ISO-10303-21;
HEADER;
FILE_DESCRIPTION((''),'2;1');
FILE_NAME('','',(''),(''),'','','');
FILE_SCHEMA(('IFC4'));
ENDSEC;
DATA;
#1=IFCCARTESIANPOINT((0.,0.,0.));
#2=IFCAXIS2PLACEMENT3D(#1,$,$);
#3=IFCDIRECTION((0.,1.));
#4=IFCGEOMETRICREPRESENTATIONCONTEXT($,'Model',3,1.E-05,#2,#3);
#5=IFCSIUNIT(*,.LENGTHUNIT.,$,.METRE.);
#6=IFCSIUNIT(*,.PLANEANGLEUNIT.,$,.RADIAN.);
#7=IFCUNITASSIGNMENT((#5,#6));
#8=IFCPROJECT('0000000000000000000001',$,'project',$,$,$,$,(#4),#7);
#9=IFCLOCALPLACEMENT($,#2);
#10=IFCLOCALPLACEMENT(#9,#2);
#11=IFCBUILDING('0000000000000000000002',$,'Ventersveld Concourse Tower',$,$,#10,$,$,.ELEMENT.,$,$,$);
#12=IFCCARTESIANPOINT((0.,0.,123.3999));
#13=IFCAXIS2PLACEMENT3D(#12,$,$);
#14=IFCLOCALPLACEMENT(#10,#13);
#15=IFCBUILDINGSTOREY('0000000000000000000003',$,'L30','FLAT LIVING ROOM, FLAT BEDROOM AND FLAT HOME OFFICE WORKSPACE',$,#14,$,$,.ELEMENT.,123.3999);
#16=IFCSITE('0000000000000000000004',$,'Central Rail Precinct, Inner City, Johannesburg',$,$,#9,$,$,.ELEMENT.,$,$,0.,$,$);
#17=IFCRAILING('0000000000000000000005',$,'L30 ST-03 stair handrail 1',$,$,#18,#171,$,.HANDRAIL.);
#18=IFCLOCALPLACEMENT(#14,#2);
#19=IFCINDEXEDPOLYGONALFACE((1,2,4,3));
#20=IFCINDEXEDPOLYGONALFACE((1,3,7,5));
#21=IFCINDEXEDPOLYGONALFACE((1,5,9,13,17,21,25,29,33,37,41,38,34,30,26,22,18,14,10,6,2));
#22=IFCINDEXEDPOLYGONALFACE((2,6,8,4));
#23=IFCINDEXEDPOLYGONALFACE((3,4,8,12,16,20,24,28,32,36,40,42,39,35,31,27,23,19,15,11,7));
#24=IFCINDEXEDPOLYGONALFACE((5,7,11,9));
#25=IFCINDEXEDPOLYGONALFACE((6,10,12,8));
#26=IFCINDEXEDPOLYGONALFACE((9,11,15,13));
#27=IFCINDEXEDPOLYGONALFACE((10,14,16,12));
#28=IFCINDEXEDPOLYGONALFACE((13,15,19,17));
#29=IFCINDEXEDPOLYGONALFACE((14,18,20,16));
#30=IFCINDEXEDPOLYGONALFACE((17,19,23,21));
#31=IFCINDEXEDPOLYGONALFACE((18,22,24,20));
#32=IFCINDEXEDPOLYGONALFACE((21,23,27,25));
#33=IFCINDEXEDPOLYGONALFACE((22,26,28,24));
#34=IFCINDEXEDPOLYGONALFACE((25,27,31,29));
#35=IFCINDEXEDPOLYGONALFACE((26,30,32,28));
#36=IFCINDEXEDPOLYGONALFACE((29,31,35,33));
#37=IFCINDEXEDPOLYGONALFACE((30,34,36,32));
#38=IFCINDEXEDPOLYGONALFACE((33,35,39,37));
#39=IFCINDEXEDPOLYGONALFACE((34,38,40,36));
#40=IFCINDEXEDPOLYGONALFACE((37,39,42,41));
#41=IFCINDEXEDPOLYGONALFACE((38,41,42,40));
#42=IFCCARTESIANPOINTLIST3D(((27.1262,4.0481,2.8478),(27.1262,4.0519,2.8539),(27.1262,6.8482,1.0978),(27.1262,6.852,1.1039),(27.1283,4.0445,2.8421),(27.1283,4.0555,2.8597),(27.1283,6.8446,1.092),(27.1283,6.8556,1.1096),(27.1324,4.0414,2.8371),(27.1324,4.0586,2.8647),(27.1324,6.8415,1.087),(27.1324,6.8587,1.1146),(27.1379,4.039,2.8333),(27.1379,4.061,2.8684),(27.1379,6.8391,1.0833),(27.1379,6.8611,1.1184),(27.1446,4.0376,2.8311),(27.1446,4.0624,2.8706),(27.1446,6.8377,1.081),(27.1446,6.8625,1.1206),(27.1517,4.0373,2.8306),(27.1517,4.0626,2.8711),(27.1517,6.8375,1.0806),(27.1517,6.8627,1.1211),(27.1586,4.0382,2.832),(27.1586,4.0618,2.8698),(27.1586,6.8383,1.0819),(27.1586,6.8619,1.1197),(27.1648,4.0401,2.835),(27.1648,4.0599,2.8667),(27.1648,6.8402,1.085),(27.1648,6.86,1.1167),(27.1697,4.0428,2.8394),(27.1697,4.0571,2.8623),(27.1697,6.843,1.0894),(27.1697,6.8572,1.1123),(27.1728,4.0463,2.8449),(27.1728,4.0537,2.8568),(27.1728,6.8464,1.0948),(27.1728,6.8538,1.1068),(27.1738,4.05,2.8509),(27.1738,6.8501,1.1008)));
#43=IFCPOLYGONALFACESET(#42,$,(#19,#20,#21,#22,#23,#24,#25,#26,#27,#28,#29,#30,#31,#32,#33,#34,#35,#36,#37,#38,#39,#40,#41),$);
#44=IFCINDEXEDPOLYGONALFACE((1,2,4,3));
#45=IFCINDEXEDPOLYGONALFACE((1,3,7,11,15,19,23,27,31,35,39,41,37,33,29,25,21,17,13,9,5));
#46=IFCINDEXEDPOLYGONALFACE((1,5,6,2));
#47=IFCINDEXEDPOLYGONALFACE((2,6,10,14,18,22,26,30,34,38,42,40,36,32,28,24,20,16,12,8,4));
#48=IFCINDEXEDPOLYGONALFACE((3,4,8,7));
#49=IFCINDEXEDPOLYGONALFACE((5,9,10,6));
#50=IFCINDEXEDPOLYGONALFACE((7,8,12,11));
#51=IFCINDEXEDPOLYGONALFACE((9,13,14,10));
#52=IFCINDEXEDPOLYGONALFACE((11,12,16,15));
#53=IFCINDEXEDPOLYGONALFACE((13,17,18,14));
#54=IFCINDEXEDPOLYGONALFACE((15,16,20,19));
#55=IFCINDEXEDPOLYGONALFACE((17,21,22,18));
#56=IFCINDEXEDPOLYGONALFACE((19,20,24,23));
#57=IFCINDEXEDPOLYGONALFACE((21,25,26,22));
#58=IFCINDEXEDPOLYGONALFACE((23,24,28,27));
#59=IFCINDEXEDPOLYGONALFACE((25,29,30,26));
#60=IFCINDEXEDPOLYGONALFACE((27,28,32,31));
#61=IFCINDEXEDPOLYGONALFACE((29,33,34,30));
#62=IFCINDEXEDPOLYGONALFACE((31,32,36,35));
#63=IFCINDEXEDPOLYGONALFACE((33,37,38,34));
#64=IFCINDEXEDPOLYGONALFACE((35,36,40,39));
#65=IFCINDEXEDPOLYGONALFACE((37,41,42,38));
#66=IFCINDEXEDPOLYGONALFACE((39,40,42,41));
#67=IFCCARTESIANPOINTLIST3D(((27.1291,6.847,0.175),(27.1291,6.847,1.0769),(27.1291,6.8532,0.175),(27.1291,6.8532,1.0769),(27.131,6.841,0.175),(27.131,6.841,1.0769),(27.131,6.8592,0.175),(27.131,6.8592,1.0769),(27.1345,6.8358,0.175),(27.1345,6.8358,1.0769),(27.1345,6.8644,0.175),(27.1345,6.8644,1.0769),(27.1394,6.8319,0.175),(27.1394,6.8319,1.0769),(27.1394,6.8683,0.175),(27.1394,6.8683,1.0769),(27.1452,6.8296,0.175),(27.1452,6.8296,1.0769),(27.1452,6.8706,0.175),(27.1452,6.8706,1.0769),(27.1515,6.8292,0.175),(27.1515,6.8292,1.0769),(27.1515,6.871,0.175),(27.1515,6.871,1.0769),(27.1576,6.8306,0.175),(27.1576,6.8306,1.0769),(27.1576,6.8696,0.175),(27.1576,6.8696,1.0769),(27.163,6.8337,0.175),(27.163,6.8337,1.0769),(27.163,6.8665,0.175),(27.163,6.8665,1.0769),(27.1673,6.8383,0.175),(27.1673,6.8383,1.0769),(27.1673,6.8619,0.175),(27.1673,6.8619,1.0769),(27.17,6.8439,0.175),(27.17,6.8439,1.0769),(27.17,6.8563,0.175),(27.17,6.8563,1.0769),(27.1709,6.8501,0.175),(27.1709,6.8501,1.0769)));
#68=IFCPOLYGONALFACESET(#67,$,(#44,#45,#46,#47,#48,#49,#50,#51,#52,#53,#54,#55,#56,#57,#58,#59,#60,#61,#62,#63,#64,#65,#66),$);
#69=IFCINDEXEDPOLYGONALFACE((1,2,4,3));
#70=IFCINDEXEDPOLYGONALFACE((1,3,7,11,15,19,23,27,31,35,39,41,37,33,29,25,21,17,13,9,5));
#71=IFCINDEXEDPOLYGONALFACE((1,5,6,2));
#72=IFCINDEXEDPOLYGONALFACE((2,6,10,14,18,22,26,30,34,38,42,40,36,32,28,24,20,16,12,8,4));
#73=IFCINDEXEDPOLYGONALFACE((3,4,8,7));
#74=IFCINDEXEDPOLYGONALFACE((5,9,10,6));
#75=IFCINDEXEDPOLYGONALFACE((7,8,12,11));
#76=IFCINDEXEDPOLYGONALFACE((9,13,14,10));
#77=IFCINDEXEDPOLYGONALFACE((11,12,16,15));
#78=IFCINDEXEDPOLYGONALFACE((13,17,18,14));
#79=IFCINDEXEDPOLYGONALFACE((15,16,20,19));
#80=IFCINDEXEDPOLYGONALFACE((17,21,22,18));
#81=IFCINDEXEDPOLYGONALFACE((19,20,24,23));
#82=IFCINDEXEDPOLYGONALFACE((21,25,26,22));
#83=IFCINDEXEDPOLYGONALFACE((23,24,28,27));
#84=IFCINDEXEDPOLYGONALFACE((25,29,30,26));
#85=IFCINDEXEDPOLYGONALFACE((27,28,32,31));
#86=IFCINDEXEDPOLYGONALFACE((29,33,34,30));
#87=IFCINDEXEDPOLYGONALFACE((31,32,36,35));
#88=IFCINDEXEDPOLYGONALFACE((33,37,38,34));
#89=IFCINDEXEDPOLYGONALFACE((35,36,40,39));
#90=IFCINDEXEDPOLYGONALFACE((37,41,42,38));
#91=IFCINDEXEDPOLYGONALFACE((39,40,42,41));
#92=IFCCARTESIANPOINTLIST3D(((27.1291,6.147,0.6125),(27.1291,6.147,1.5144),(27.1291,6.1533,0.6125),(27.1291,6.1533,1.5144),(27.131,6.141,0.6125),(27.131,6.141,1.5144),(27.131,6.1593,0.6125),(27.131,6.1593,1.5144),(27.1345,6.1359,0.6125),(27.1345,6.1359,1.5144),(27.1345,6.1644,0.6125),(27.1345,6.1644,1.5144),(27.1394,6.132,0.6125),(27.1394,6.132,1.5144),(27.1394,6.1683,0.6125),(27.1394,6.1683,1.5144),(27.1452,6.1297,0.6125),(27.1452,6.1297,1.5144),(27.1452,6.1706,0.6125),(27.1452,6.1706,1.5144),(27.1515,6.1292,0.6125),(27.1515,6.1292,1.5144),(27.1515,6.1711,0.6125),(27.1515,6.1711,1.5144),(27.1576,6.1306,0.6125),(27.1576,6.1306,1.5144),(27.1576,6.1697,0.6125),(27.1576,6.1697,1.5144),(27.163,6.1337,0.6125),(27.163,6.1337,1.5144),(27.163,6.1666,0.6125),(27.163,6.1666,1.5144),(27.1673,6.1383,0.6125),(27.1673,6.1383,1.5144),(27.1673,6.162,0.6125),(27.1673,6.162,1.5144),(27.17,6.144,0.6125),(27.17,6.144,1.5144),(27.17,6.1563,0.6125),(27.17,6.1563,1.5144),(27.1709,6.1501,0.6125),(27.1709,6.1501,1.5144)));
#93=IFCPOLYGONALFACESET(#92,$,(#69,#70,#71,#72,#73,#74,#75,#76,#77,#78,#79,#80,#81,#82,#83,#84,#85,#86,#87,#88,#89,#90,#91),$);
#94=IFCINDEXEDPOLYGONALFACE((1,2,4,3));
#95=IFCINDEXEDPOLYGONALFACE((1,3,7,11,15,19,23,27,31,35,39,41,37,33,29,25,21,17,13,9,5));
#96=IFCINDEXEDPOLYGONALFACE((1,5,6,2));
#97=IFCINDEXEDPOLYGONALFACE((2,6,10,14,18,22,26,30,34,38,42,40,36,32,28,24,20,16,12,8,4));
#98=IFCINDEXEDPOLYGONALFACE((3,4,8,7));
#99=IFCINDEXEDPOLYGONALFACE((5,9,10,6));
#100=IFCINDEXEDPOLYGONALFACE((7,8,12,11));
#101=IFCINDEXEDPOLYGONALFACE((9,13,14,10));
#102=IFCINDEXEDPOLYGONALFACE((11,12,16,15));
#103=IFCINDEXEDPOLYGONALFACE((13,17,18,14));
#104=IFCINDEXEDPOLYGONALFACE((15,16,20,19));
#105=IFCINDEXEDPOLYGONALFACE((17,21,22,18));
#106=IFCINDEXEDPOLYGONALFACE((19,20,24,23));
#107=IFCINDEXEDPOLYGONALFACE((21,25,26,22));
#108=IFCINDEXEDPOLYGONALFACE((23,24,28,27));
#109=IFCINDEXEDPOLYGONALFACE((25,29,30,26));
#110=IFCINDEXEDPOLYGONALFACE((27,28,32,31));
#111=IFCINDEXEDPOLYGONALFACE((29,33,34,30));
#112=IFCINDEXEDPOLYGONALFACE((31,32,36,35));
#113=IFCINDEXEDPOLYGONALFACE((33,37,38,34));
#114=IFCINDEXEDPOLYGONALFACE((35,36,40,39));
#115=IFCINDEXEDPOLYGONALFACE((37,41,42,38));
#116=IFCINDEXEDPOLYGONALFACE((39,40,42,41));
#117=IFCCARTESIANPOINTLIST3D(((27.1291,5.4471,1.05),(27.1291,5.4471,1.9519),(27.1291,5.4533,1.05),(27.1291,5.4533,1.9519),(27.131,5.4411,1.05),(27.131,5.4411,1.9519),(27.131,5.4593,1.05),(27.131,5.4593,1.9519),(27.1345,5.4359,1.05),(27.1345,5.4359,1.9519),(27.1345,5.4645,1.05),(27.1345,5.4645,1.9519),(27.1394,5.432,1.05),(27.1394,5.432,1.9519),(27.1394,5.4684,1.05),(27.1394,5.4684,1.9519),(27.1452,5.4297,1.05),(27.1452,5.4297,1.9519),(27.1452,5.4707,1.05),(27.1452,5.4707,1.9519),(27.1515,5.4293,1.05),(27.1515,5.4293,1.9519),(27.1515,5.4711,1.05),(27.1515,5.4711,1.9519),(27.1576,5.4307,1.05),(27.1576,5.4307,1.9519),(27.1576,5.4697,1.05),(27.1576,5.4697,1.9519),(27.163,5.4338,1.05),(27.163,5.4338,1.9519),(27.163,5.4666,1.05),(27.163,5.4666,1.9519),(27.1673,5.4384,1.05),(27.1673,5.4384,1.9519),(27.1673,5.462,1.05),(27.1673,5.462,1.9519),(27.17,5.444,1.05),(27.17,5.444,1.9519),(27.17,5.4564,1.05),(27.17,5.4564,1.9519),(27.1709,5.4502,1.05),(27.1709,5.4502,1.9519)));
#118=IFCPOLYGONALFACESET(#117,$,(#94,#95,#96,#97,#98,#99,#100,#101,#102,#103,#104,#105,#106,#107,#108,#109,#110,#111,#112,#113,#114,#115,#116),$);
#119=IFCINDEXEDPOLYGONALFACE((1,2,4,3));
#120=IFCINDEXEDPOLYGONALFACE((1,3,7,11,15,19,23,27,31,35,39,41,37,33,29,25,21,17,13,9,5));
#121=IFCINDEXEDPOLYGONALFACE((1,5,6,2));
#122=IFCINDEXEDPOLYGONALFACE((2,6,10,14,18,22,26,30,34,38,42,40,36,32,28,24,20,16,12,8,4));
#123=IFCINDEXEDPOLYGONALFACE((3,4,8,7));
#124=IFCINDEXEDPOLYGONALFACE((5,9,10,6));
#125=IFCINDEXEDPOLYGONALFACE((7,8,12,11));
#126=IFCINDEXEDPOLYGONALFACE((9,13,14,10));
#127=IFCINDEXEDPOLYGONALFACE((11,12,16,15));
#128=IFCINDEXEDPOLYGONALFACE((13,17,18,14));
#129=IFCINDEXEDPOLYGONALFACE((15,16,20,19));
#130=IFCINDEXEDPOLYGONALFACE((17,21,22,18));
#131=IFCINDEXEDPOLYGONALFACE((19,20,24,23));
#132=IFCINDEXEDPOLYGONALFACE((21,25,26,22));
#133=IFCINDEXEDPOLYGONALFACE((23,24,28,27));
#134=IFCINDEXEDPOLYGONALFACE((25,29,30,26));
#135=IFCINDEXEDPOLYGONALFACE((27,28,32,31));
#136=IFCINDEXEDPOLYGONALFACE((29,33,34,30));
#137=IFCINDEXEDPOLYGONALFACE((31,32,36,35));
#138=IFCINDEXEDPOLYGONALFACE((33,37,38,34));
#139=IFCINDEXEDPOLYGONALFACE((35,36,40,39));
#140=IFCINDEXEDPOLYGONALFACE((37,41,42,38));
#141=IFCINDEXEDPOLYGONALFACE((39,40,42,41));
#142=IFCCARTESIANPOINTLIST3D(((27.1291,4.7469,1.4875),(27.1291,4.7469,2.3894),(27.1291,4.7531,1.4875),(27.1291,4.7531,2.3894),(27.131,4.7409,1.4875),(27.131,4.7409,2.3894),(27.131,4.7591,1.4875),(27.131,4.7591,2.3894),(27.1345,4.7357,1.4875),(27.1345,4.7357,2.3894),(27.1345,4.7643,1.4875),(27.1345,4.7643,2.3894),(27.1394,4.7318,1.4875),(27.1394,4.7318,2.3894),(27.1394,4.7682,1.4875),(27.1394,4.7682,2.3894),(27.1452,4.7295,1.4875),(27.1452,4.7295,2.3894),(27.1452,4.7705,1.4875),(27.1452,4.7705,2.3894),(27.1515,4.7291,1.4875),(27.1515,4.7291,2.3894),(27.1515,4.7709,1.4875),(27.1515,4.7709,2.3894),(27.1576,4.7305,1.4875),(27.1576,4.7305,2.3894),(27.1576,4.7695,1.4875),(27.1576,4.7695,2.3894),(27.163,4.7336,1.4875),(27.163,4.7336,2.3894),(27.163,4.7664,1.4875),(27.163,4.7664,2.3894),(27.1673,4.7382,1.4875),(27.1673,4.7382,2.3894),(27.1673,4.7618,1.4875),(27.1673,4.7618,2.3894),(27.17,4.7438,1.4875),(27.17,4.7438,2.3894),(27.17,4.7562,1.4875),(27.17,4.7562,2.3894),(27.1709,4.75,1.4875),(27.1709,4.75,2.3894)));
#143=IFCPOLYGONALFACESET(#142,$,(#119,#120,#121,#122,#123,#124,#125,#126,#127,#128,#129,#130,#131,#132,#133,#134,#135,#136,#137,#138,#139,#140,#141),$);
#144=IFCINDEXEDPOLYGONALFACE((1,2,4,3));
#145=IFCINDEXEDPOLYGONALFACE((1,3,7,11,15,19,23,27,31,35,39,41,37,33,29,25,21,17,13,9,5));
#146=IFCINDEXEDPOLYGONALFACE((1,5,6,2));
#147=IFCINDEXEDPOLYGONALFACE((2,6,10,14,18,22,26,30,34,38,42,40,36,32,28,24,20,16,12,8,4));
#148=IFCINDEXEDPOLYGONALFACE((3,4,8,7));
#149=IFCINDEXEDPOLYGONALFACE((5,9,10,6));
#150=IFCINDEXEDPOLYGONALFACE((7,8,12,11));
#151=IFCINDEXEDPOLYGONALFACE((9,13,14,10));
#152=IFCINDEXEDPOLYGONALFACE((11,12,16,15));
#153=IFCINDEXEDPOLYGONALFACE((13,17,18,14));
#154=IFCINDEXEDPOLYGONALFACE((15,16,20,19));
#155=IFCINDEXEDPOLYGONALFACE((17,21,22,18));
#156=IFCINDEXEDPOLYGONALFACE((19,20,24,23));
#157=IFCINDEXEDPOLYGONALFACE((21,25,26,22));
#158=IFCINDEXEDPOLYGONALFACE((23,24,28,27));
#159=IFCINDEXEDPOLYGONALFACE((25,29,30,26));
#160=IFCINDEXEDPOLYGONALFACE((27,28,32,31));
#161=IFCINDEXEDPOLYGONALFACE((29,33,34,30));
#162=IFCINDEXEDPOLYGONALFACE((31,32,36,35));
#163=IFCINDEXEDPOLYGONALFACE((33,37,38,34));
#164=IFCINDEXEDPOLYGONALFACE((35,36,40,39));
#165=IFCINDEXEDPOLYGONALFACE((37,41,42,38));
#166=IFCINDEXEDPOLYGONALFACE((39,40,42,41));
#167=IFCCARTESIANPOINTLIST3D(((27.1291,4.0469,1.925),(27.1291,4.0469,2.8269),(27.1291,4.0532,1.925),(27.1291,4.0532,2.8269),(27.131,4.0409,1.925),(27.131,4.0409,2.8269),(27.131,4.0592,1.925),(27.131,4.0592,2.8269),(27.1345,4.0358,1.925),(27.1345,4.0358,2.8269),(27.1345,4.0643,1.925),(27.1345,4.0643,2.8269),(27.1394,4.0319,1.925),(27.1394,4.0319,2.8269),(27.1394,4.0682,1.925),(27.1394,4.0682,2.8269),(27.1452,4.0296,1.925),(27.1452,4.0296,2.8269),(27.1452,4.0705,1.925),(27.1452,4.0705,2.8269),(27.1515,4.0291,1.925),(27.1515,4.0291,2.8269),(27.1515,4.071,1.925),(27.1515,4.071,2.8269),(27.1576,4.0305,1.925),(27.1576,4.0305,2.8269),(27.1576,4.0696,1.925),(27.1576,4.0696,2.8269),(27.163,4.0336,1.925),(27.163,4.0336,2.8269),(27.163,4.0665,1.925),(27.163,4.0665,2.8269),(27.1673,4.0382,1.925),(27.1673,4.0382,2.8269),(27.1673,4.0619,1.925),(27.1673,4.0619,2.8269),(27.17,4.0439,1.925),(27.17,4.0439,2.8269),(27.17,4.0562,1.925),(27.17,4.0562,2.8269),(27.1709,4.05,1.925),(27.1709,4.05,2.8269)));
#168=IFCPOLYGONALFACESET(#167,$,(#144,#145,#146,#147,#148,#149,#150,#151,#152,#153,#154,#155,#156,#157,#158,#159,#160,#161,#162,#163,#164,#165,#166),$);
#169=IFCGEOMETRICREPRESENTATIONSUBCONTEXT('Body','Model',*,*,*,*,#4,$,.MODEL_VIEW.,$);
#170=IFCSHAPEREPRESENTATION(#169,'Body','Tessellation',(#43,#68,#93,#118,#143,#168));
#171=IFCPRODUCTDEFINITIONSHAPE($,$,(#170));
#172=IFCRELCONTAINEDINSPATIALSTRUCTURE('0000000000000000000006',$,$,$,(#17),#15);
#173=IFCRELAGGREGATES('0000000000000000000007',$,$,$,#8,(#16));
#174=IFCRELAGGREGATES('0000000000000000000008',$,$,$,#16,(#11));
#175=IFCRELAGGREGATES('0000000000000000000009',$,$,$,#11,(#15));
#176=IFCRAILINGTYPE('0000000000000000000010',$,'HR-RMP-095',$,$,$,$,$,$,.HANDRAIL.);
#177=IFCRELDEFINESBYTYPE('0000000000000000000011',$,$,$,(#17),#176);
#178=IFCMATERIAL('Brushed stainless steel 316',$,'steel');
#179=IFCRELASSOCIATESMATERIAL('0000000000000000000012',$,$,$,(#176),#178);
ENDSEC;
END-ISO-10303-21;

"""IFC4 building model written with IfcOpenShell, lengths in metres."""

from ifc_helpers import new_model, si_unit, direction, frame, origin, origin_2d, place, context, subcontext, project, spatial, circle, extrude, material, type_object, element, save


model = new_model("IFC4")

# Units and contexts
model_context = context("Model", 3, precision=1e-05, world=origin(), true_north=direction((0.0, 1.0)))
body_context = subcontext(model_context, "Body", "Model", "MODEL_VIEW")
ifc_project = project(units=[si_unit("LENGTHUNIT", "METRE"), si_unit("PLANEANGLEUNIT", "RADIAN")], contexts=[model_context])

# Site, building, storey
site_placement = place(None, origin())
site = spatial("IfcSite", under=ifc_project, at=site_placement, Name="Central Rail Precinct, Inner City, Johannesburg", CompositionType="ELEMENT", RefElevation=0.0)
building_placement = place(site_placement, origin())
building = spatial("IfcBuilding", under=site, at=building_placement, Name="Ventersveld Concourse Tower", CompositionType="ELEMENT")
storey_placement = place(building_placement, frame((0.0, 0.0, 123.3999)))
storey = spatial("IfcBuildingStorey", under=building, at=storey_placement, Name="L30", Description="FLAT LIVING ROOM, FLAT BEDROOM AND FLAT HOME OFFICE WORKSPACE", CompositionType="ELEMENT", Elevation=123.3999)

# Shared definitions
ifc_material_1 = material(Name="Brushed stainless steel 316", Category="steel")

# Railing
railing_type_1 = type_object("IfcRailingType", Name="HR-RMP-095", PredefinedType="HANDRAIL", material=ifc_material_1)
railing_1_placement = place(storey_placement, frame((27.1499, 6.8501, 0.175)))
element("IfcRailing", 1, at=railing_1_placement, inside=storey, type_object=railing_type_1, Name="L30 ST-03 stair handrail 1", PredefinedType="HANDRAIL", context=body_context, shape_type="SweptSolid", body=[
    extrude(circle(Radius=0.0239, at=origin_2d()), frame((0.0, 0.0, 0.9258), z_axis=(0.0, -0.848002, 0.529992), x_axis=(1.0, 0.0, 0.0)), (0.0, 0.0, 1.0), 3.302),
    extrude(circle(Radius=0.021, at=origin_2d()), origin(), (0.0, 0.0, 1.0), 0.9019),
    extrude(circle(Radius=0.021, at=origin_2d()), frame((0.0, -0.7, 0.4375)), (0.0, 0.0, 1.0), 0.9019),
    extrude(circle(Radius=0.021, at=origin_2d()), frame((0.0, -1.3999, 0.875)), (0.0, 0.0, 1.0), 0.9019),
    extrude(circle(Radius=0.021, at=origin_2d()), frame((0.0, -2.1001, 1.3125)), (0.0, 0.0, 1.0), 0.9019),
    extrude(circle(Radius=0.021, at=origin_2d()), frame((0.0, -2.8, 1.75)), (0.0, 0.0, 1.0), 0.9019),
])

save(model, "model.ifc")
